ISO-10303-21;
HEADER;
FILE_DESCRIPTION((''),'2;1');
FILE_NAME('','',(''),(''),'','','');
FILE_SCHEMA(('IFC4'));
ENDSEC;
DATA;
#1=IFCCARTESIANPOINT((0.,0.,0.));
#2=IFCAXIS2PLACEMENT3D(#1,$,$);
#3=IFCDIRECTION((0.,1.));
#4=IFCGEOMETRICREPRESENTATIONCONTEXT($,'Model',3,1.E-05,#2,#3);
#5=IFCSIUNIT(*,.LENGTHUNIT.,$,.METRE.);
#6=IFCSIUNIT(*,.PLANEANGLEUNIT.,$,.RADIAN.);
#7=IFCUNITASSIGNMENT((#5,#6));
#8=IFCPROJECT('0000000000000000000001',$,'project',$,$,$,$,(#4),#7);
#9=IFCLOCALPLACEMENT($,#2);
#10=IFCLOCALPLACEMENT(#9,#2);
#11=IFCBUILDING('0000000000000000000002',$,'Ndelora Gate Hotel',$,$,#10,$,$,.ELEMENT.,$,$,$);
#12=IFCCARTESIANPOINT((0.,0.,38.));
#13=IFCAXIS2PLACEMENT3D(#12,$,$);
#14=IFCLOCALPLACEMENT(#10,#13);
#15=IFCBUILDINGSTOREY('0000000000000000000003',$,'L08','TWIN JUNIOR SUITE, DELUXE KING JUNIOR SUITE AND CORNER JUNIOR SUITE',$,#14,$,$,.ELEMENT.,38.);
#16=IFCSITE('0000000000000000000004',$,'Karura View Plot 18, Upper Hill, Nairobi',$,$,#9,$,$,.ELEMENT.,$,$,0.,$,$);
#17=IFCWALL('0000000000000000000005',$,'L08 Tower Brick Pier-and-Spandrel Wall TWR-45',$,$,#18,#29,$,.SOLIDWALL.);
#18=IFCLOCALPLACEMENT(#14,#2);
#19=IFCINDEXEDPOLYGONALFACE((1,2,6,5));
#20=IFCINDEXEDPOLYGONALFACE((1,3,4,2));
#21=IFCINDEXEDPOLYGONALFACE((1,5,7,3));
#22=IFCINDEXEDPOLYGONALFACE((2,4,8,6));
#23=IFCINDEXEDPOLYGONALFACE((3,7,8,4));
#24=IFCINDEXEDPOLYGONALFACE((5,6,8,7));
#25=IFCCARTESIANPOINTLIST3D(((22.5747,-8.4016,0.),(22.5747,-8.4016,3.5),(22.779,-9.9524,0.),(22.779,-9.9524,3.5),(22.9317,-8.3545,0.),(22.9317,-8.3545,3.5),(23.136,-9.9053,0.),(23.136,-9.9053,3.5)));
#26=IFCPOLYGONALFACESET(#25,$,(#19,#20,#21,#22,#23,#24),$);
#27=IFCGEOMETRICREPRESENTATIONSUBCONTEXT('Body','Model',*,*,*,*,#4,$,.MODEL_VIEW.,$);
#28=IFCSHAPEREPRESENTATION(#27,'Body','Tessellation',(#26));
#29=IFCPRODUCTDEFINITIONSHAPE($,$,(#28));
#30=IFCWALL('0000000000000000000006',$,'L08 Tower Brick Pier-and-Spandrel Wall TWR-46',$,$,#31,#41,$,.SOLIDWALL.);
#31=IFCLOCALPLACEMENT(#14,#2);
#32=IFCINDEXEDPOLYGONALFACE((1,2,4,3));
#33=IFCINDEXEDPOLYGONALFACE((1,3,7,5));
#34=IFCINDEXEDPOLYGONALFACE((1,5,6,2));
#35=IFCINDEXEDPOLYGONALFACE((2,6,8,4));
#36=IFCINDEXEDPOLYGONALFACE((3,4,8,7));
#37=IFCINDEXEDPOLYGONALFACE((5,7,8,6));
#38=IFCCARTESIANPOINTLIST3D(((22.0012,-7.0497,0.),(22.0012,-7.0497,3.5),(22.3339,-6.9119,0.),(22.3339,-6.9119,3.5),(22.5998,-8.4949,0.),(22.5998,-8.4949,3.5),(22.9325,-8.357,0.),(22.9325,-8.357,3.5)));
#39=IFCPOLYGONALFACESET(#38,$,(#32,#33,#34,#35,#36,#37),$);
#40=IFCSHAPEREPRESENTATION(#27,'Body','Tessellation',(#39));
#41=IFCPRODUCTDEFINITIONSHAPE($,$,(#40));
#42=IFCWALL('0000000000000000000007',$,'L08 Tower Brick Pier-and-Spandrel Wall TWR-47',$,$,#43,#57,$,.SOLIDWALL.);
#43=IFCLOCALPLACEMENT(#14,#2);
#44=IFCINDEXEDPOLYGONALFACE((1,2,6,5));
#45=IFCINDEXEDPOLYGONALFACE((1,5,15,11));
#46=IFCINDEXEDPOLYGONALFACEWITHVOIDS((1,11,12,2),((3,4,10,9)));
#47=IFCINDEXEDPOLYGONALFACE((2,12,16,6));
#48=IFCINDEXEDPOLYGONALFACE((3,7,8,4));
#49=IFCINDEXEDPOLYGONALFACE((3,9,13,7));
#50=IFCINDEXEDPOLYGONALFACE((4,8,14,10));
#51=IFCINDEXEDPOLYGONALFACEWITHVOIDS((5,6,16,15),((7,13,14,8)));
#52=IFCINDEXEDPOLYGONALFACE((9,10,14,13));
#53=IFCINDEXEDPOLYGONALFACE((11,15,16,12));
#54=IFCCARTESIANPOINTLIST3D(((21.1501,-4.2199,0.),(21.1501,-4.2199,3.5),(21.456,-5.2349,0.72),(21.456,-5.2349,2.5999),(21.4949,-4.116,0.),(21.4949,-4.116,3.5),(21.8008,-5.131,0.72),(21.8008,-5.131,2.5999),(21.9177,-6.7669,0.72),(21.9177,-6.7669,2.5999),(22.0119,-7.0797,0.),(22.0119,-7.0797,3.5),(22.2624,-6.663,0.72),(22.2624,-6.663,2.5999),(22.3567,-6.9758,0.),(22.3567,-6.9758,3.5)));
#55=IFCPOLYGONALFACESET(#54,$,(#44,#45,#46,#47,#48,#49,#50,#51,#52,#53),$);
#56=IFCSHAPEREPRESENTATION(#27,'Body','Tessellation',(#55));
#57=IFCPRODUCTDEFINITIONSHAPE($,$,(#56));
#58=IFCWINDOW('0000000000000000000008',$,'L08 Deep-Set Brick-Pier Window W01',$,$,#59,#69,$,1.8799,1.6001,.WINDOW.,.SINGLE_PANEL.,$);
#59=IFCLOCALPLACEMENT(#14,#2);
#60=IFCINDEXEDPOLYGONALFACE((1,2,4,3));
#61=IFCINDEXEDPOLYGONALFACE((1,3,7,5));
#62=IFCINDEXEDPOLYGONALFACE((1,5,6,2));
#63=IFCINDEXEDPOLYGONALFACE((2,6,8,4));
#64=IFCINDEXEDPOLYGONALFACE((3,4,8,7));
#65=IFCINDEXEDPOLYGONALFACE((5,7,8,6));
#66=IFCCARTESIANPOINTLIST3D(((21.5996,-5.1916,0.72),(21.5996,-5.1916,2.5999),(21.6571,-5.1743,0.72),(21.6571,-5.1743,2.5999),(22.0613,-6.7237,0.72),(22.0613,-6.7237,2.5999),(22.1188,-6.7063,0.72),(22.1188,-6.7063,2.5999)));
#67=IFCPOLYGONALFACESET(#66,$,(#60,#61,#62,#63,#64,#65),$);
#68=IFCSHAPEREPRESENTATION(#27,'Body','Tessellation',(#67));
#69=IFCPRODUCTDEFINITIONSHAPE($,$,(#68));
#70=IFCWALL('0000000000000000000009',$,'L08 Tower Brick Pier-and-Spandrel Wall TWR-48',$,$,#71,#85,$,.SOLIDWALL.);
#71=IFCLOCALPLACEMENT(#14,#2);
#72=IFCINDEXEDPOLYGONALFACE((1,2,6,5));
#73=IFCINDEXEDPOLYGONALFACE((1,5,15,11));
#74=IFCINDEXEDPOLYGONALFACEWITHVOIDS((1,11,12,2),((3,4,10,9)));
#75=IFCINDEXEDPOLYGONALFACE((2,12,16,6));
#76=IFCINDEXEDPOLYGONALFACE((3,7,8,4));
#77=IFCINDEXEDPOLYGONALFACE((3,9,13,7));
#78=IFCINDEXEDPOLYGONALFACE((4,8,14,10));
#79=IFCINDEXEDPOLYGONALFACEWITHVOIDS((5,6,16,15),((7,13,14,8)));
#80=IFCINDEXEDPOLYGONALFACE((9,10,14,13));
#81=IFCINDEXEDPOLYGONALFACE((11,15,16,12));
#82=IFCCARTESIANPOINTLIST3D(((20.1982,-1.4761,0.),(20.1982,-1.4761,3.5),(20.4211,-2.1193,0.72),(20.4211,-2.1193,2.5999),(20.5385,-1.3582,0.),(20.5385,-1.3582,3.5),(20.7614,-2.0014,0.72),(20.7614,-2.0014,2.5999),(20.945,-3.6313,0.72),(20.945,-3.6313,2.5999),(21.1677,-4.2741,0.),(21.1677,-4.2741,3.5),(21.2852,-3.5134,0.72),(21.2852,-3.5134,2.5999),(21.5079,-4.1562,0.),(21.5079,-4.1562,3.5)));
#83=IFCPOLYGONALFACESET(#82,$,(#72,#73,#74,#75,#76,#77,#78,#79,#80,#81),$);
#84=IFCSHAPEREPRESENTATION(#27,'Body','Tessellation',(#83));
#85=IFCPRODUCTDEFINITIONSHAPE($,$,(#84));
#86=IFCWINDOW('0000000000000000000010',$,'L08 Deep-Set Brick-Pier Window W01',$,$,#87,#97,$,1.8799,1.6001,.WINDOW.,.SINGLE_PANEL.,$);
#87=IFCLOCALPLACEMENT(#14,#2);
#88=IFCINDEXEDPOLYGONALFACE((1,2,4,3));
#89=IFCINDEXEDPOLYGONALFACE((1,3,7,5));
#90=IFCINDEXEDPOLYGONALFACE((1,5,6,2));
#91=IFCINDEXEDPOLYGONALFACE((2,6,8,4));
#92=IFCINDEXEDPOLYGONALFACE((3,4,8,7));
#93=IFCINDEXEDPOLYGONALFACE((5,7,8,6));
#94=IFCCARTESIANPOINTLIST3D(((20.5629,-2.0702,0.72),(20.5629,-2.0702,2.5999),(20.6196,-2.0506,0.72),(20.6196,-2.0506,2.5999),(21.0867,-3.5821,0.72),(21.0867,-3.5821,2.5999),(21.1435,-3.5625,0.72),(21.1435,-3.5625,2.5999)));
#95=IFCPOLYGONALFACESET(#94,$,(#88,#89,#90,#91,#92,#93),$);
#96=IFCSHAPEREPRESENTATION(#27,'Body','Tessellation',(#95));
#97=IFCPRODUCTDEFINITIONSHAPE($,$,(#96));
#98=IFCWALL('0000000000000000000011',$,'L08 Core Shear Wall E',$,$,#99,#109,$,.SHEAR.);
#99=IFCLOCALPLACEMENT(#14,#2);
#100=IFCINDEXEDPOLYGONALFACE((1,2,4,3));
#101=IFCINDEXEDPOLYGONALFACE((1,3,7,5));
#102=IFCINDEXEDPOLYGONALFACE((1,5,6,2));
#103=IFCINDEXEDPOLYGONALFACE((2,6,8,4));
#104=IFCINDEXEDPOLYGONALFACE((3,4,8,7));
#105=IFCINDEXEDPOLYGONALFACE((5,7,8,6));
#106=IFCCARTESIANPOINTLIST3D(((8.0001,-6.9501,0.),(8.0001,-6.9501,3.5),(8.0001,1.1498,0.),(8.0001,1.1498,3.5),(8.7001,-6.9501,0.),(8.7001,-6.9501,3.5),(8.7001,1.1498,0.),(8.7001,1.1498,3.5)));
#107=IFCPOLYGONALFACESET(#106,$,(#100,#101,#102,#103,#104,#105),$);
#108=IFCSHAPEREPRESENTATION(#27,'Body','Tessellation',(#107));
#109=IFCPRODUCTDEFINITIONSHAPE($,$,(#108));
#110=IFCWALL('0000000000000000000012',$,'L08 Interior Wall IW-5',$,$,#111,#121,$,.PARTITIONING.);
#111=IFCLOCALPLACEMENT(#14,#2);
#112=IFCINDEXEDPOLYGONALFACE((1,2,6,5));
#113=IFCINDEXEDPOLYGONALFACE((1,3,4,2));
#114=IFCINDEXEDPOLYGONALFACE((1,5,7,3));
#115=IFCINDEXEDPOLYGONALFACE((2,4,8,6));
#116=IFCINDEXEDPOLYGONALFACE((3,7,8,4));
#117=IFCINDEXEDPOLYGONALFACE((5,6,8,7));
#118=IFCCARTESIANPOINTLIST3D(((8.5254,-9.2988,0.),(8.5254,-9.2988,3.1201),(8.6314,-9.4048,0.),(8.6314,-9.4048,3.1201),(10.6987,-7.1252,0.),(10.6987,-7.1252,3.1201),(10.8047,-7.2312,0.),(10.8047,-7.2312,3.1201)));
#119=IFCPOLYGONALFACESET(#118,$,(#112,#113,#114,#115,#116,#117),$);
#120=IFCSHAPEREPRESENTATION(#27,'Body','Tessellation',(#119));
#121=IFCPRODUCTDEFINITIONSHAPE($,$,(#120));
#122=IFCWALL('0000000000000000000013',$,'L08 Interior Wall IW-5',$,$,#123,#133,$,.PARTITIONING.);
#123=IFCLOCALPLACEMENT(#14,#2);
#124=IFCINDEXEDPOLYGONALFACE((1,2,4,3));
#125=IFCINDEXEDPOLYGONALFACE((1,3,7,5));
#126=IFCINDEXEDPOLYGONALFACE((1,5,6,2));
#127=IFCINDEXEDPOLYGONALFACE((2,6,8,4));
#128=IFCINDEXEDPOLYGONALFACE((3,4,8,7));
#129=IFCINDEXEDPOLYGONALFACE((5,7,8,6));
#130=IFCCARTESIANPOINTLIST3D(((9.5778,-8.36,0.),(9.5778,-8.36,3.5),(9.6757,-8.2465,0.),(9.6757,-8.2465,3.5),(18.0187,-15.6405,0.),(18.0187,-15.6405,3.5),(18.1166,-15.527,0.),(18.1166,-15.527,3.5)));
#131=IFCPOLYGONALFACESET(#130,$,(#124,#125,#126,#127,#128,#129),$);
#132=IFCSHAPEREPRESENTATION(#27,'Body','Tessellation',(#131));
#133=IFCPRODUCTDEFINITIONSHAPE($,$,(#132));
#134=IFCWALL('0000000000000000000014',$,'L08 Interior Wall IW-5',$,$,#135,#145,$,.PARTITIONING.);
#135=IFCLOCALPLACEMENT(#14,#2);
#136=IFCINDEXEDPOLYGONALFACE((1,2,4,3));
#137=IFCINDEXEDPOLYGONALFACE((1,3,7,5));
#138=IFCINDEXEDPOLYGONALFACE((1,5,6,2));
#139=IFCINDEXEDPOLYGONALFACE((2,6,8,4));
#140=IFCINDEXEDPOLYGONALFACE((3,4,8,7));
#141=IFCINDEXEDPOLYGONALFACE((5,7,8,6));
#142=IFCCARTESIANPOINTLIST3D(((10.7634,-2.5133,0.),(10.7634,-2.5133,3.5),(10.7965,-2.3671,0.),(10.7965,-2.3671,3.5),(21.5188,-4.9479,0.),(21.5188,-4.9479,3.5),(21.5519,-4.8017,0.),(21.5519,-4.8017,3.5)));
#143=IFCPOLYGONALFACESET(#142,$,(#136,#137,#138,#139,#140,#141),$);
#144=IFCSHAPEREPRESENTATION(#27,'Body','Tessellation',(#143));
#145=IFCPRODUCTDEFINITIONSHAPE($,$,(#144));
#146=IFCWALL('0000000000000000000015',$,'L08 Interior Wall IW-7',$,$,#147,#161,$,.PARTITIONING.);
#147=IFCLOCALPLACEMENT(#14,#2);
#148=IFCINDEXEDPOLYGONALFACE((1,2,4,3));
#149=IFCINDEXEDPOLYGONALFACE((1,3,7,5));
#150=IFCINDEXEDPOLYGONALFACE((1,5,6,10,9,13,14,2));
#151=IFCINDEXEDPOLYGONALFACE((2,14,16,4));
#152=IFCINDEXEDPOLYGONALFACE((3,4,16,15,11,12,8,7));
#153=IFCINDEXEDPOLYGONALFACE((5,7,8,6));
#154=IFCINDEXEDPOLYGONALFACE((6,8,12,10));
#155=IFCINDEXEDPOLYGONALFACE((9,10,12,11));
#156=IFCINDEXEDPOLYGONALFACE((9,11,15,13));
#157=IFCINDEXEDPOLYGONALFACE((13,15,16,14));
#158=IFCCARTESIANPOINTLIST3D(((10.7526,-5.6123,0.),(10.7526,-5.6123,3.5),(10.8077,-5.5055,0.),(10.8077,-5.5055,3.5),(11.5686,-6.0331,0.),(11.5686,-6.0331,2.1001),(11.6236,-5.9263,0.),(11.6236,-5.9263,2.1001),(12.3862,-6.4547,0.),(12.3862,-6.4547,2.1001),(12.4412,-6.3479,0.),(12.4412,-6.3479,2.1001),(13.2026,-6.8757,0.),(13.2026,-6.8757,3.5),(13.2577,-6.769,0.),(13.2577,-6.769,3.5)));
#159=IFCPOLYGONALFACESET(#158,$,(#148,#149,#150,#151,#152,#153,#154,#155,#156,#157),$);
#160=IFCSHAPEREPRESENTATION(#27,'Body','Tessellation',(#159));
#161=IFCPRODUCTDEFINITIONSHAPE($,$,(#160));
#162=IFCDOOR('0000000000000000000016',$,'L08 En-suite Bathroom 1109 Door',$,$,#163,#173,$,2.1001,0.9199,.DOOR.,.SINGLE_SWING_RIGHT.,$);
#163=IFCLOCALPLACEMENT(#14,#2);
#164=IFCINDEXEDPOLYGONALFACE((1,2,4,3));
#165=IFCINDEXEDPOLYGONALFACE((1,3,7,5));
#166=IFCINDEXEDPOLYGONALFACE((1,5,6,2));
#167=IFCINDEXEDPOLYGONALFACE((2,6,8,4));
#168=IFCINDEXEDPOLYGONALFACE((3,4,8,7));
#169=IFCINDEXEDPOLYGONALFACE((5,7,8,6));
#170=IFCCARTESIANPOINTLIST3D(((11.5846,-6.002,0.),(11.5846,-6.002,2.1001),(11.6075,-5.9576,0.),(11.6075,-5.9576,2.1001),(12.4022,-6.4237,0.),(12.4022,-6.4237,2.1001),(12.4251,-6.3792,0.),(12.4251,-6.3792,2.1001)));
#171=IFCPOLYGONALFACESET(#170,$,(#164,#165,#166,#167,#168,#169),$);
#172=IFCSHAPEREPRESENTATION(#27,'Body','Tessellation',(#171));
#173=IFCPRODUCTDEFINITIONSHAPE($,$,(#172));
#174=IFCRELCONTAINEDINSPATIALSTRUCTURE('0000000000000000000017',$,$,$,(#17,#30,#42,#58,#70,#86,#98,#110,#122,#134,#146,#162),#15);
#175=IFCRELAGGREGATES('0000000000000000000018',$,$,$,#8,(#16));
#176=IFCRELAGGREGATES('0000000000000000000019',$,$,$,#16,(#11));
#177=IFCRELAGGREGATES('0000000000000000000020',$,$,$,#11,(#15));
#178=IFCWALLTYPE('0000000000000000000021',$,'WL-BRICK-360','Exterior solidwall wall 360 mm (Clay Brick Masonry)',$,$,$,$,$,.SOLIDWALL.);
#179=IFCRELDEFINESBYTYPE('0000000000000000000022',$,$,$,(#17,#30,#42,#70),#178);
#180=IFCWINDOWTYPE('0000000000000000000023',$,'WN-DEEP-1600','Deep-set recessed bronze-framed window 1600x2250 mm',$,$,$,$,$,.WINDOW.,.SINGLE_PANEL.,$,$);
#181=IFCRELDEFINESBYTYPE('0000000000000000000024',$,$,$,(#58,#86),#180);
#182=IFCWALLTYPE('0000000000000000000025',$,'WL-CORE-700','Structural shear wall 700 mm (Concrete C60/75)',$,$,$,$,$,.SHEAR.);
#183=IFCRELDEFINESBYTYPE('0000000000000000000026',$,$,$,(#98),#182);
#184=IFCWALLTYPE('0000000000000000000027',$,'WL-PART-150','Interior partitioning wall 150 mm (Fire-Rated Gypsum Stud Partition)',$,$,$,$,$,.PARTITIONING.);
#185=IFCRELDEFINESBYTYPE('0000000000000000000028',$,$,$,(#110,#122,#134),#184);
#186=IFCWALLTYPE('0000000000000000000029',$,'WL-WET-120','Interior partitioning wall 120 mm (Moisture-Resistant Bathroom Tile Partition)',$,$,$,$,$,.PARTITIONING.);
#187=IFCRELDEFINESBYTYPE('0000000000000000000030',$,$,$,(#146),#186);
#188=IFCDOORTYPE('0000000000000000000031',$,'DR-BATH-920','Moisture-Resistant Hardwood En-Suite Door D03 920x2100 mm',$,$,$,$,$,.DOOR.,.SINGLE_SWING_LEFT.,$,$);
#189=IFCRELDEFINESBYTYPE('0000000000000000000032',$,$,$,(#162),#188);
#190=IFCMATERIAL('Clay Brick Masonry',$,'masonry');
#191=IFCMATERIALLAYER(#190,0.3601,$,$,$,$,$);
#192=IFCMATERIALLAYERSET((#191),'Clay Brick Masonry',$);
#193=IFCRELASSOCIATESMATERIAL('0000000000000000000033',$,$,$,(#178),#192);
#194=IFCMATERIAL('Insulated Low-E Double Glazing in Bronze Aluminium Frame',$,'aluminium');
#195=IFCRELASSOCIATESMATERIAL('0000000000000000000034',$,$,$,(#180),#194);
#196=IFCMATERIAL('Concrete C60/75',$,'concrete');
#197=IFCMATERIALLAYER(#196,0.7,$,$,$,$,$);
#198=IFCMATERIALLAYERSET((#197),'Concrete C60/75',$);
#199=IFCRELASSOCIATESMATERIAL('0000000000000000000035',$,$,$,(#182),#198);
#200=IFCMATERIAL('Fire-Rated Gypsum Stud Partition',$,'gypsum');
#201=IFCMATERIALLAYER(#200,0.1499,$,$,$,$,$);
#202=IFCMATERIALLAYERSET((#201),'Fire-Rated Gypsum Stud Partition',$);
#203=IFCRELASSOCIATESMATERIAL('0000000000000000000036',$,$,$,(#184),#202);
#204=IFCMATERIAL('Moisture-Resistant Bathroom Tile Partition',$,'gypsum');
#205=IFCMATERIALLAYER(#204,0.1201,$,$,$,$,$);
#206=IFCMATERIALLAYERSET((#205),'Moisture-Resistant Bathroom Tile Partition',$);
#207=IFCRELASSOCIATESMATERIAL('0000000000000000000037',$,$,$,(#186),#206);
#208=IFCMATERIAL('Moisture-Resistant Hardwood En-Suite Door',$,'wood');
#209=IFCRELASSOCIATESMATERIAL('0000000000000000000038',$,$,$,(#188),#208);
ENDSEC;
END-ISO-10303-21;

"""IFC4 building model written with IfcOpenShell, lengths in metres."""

from ifc_helpers import new_model, si_unit, direction, frame, frame_2d, origin, place, context, subcontext, project, spatial, rectangle, extrude, material, layer, layer_set, type_object, element, fill, save


model = new_model("IFC4")

# Units and contexts
model_context = context("Model", 3, precision=1e-05, world=origin(), true_north=direction((0.0, 1.0)))
body_context = subcontext(model_context, "Body", "Model", "MODEL_VIEW")
ifc_project = project(units=[si_unit("LENGTHUNIT", "METRE"), si_unit("PLANEANGLEUNIT", "RADIAN")], contexts=[model_context])

# Site, building, storey
site_placement = place(None, origin())
site = spatial("IfcSite", under=ifc_project, at=site_placement, Name="Karura View Plot 18, Upper Hill, Nairobi", CompositionType="ELEMENT", RefElevation=0.0)
building_placement = place(site_placement, origin())
building = spatial("IfcBuilding", under=site, at=building_placement, Name="Ndelora Gate Hotel", CompositionType="ELEMENT")
storey_placement = place(building_placement, frame((0.0, 0.0, 38.0)))
storey = spatial("IfcBuildingStorey", under=building, at=storey_placement, Name="L08", Description="TWIN JUNIOR SUITE, DELUXE KING JUNIOR SUITE AND CORNER JUNIOR SUITE", CompositionType="ELEMENT", Elevation=38.0)

# Shared definitions
ifc_material_1 = material(Name="Concrete C60/75", Category="concrete")

# Walls
ifc_material_2 = material(Name="Clay Brick Masonry", Category="masonry")
ifc_layer_1 = layer(ifc_material_2, 0.3601)
ifc_layer_set_1 = layer_set([ifc_layer_1], Name="Clay Brick Masonry")
wall_type_1 = type_object("IfcWallType", Name="WL-BRICK-360", Description="Exterior solidwall wall 360 mm (Clay Brick Masonry)", PredefinedType="SOLIDWALL", material=ifc_layer_set_1)
for number, where, z_axis, x_axis, name in (
    (1, (22.7532, -8.3779, 0.0), (0.0, 0.0, 1.0), (0.13064, -0.99143, 0.0), "L08 Tower Brick Pier-and-Spandrel Wall TWR-45"),
    (2, (22.1675, -6.9807, 0.0), (0.0, 0.0, 1.0), (0.382719, -0.923865, 0.0), "L08 Tower Brick Pier-and-Spandrel Wall TWR-46"),
):
    element("IfcWall", number, at=place(storey_placement, frame(where, z_axis=z_axis, x_axis=x_axis)), inside=storey, type_object=wall_type_1, Name=name, PredefinedType="SOLIDWALL", context=body_context, shape_type="SweptSolid", body=[
        extrude(rectangle(XDim=1.5642, YDim=0.3601, at=frame_2d((0.7822, 0.0))), origin(), (0.0, 0.0, 1.0), 3.5),
    ])

# Walls, openings, windows
wall_1_placement = place(storey_placement, frame((21.3225, -4.168, 0.0), z_axis=(0.0, 0.0, 1.0), x_axis=(0.288532, -0.95747, 0.0)))
wall_1 = element("IfcWall", 3, at=wall_1_placement, inside=storey, type_object=wall_type_1, Name="L08 Tower Brick Pier-and-Spandrel Wall TWR-47", PredefinedType="SOLIDWALL", context=body_context, shape_type="SweptSolid", body=[
    extrude(rectangle(XDim=2.9868, YDim=0.3601, at=frame_2d((1.4934, 0.0))), origin(), (0.0, 0.0, 1.0), 3.5),
])
opening_1_placement = place(wall_1_placement, frame((1.0601, 0.0, 0.72)))
opening_1 = element("IfcOpeningElement", 4, at=opening_1_placement, cuts=wall_1, PredefinedType="OPENING", context=body_context, shape_type="SweptSolid", body=[
    extrude(rectangle(XDim=1.6001, YDim=1.8799, at=frame_2d((0.8, 0.9399))), frame((0.0, 0.1899, 0.0), z_axis=(0.0, -1.0, 0.0), x_axis=(1.0, 0.0, 0.0)), (0.0, 0.0, 1.0), 0.3801),
])
ifc_material_3 = material(Name="Insulated Low-E Double Glazing in Bronze Aluminium Frame", Category="aluminium")
window_type = type_object("IfcWindowType", Name="WN-DEEP-1600", Description="Deep-set recessed bronze-framed window 1600x2250 mm", PartitioningType="SINGLE_PANEL", PredefinedType="WINDOW", material=ifc_material_3)
window_1_placement = place(opening_1_placement, origin())
window_1 = element("IfcWindow", 5, at=window_1_placement, inside=storey, type_object=window_type, Name="L08 Deep-Set Brick-Pier Window W01", OverallHeight=1.8799, OverallWidth=1.6001, PartitioningType="SINGLE_PANEL", PredefinedType="WINDOW", context=body_context, shape_type="SweptSolid", body=[
    extrude(rectangle(XDim=1.6001, YDim=1.8799, at=frame_2d((0.8, 0.9399))), frame((0.0, 0.03, 0.0), z_axis=(0.0, -1.0, 0.0), x_axis=(1.0, 0.0, 0.0)), (0.0, 0.0, 1.0), 0.0601),
])
fill(opening_1, window_1)
wall_2_placement = place(storey_placement, frame((20.3684, -1.4172, 0.0), z_axis=(0.0, 0.0, 1.0), x_axis=(0.327385, -0.944891, 0.0)))
wall_2 = element("IfcWall", 6, at=wall_2_placement, inside=storey, type_object=wall_type_1, Name="L08 Tower Brick Pier-and-Spandrel Wall TWR-48", PredefinedType="SOLIDWALL", context=body_context, shape_type="SweptSolid", body=[
    extrude(rectangle(XDim=2.9612, YDim=0.3601, at=frame_2d((1.4805, 0.0))), origin(), (0.0, 0.0, 1.0), 3.5),
])
opening_2_placement = place(wall_2_placement, frame((0.6807, 0.0, 0.72)))
opening_2 = element("IfcOpeningElement", 7, at=opening_2_placement, cuts=wall_2, PredefinedType="OPENING", context=body_context, shape_type="SweptSolid", body=[
    extrude(rectangle(XDim=1.6001, YDim=1.8799, at=frame_2d((0.8, 0.9399))), frame((0.0, 0.1899, 0.0), z_axis=(0.0, -1.0, 0.0), x_axis=(1.0, 0.0, 0.0)), (0.0, 0.0, 1.0), 0.3801),
])
window_2_placement = place(opening_2_placement, origin())
window_2 = element("IfcWindow", 8, at=window_2_placement, inside=storey, type_object=window_type, Name="L08 Deep-Set Brick-Pier Window W01", OverallHeight=1.8799, OverallWidth=1.6001, PartitioningType="SINGLE_PANEL", PredefinedType="WINDOW", context=body_context, shape_type="SweptSolid", body=[
    extrude(rectangle(XDim=1.6001, YDim=1.8799, at=frame_2d((0.8, 0.9399))), frame((0.0, 0.03, 0.0), z_axis=(0.0, -1.0, 0.0), x_axis=(1.0, 0.0, 0.0)), (0.0, 0.0, 1.0), 0.0601),
])
fill(opening_2, window_2)

# Walls
ifc_layer_2 = layer(ifc_material_1, 0.7)
ifc_layer_set_2 = layer_set([ifc_layer_2], Name="Concrete C60/75")
wall_type_2 = type_object("IfcWallType", Name="WL-CORE-700", Description="Structural shear wall 700 mm (Concrete C60/75)", PredefinedType="SHEAR", material=ifc_layer_set_2)
wall_3_placement = place(storey_placement, frame((8.3501, -6.95, 0.0), z_axis=(0.0, 0.0, 1.0), x_axis=(0.0, 1.0, 0.0)))
element("IfcWall", 9, at=wall_3_placement, inside=storey, type_object=wall_type_2, Name="L08 Core Shear Wall E", PredefinedType="SHEAR", context=body_context, shape_type="SweptSolid", body=[
    extrude(rectangle(XDim=8.0999, YDim=0.7, at=frame_2d((4.0498, 0.0))), origin(), (0.0, 0.0, 1.0), 3.5),
])
ifc_material_4 = material(Name="Fire-Rated Gypsum Stud Partition", Category="gypsum")
ifc_layer_3 = layer(ifc_material_4, 0.1499)
ifc_layer_set_3 = layer_set([ifc_layer_3], Name="Fire-Rated Gypsum Stud Partition")
wall_type_3 = type_object("IfcWallType", Name="WL-PART-150", Description="Interior partitioning wall 150 mm (Fire-Rated Gypsum Stud Partition)", PredefinedType="PARTITIONING", material=ifc_layer_set_3)
wall_4_placement = place(storey_placement, frame((10.7517, -7.1782, 0.0), z_axis=(0.0, 0.0, 1.0), x_axis=(-0.707067, -0.707146, 0.0)))
element("IfcWall", 10, at=wall_4_placement, inside=storey, type_object=wall_type_3, Name="L08 Interior Wall IW-5", PredefinedType="PARTITIONING", context=body_context, shape_type="SweptSolid", body=[
    extrude(rectangle(XDim=3.0737, YDim=0.1499, at=frame_2d((1.5369, 0.0))), origin(), (0.0, 0.0, 1.0), 3.1201),
])
wall_5_placement = place(storey_placement, frame((9.6267, -8.3032, 0.0), z_axis=(0.0, 0.0, 1.0), x_axis=(0.757238, -0.653138, 0.0)))
element("IfcWall", 11, at=wall_5_placement, inside=storey, type_object=wall_type_3, Name="L08 Interior Wall IW-5", PredefinedType="PARTITIONING", context=body_context, shape_type="SweptSolid", body=[
    extrude(rectangle(XDim=11.147, YDim=0.1499, at=frame_2d((5.5735, 0.0))), origin(), (0.0, 0.0, 1.0), 3.5),
])
wall_6_placement = place(storey_placement, frame((10.78, -2.4402, 0.0), z_axis=(0.0, 0.0, 1.0), x_axis=(0.975325, -0.220773, 0.0)))
element("IfcWall", 12, at=wall_6_placement, inside=storey, type_object=wall_type_3, Name="L08 Interior Wall IW-5", PredefinedType="PARTITIONING", context=body_context, shape_type="SweptSolid", body=[
    extrude(rectangle(XDim=11.0276, YDim=0.1499, at=frame_2d((5.5137, 0.0))), origin(), (0.0, 0.0, 1.0), 3.5),
])

# Wall, opening, door
ifc_material_5 = material(Name="Moisture-Resistant Bathroom Tile Partition", Category="gypsum")
ifc_layer_4 = layer(ifc_material_5, 0.1201)
ifc_layer_set_4 = layer_set([ifc_layer_4], Name="Moisture-Resistant Bathroom Tile Partition")
wall_type_4 = type_object("IfcWallType", Name="WL-WET-120", Description="Interior partitioning wall 120 mm (Moisture-Resistant Bathroom Tile Partition)", PredefinedType="PARTITIONING", material=ifc_layer_set_4)
wall_7_placement = place(storey_placement, frame((10.78, -5.5588, 0.0), z_axis=(0.0, 0.0, 1.0), x_axis=(0.888778, -0.458338, 0.0)))
wall_7 = element("IfcWall", 13, at=wall_7_placement, inside=storey, type_object=wall_type_4, Name="L08 Interior Wall IW-7", PredefinedType="PARTITIONING", context=body_context, shape_type="SweptSolid", body=[
    extrude(rectangle(XDim=2.7566, YDim=0.1201, at=frame_2d((1.3784, 0.0))), origin(), (0.0, 0.0, 1.0), 3.5),
])
opening_3_placement = place(wall_7_placement, frame((0.9182, 0.0, 0.0)))
opening_3 = element("IfcOpeningElement", 14, at=opening_3_placement, cuts=wall_7, PredefinedType="OPENING", context=body_context, shape_type="SweptSolid", body=[
    extrude(rectangle(XDim=0.9199, YDim=2.1001, at=frame_2d((0.46, 1.05))), frame((0.0, 0.0701, 0.0), z_axis=(0.0, -1.0, 0.0), x_axis=(1.0, 0.0, 0.0)), (0.0, 0.0, 1.0), 0.1401),
])
ifc_material_6 = material(Name="Moisture-Resistant Hardwood En-Suite Door", Category="wood")
door_type = type_object("IfcDoorType", Name="DR-BATH-920", Description="Moisture-Resistant Hardwood En-Suite Door D03 920x2100 mm", OperationType="SINGLE_SWING_LEFT", PredefinedType="DOOR", material=ifc_material_6)
door_placement = place(opening_3_placement, origin())
door = element("IfcDoor", 15, at=door_placement, inside=storey, type_object=door_type, Name="L08 En-suite Bathroom 1109 Door", OperationType="SINGLE_SWING_RIGHT", OverallHeight=2.1001, OverallWidth=0.9199, PredefinedType="DOOR", context=body_context, shape_type="SweptSolid", body=[
    extrude(rectangle(XDim=0.9199, YDim=2.1001, at=frame_2d((0.46, 1.05))), frame((0.0, 0.0249, 0.0), z_axis=(0.0, -1.0, 0.0), x_axis=(1.0, 0.0, 0.0)), (0.0, 0.0, 1.0), 0.05),
])
fill(opening_3, door)

save(model, "model.ifc")
